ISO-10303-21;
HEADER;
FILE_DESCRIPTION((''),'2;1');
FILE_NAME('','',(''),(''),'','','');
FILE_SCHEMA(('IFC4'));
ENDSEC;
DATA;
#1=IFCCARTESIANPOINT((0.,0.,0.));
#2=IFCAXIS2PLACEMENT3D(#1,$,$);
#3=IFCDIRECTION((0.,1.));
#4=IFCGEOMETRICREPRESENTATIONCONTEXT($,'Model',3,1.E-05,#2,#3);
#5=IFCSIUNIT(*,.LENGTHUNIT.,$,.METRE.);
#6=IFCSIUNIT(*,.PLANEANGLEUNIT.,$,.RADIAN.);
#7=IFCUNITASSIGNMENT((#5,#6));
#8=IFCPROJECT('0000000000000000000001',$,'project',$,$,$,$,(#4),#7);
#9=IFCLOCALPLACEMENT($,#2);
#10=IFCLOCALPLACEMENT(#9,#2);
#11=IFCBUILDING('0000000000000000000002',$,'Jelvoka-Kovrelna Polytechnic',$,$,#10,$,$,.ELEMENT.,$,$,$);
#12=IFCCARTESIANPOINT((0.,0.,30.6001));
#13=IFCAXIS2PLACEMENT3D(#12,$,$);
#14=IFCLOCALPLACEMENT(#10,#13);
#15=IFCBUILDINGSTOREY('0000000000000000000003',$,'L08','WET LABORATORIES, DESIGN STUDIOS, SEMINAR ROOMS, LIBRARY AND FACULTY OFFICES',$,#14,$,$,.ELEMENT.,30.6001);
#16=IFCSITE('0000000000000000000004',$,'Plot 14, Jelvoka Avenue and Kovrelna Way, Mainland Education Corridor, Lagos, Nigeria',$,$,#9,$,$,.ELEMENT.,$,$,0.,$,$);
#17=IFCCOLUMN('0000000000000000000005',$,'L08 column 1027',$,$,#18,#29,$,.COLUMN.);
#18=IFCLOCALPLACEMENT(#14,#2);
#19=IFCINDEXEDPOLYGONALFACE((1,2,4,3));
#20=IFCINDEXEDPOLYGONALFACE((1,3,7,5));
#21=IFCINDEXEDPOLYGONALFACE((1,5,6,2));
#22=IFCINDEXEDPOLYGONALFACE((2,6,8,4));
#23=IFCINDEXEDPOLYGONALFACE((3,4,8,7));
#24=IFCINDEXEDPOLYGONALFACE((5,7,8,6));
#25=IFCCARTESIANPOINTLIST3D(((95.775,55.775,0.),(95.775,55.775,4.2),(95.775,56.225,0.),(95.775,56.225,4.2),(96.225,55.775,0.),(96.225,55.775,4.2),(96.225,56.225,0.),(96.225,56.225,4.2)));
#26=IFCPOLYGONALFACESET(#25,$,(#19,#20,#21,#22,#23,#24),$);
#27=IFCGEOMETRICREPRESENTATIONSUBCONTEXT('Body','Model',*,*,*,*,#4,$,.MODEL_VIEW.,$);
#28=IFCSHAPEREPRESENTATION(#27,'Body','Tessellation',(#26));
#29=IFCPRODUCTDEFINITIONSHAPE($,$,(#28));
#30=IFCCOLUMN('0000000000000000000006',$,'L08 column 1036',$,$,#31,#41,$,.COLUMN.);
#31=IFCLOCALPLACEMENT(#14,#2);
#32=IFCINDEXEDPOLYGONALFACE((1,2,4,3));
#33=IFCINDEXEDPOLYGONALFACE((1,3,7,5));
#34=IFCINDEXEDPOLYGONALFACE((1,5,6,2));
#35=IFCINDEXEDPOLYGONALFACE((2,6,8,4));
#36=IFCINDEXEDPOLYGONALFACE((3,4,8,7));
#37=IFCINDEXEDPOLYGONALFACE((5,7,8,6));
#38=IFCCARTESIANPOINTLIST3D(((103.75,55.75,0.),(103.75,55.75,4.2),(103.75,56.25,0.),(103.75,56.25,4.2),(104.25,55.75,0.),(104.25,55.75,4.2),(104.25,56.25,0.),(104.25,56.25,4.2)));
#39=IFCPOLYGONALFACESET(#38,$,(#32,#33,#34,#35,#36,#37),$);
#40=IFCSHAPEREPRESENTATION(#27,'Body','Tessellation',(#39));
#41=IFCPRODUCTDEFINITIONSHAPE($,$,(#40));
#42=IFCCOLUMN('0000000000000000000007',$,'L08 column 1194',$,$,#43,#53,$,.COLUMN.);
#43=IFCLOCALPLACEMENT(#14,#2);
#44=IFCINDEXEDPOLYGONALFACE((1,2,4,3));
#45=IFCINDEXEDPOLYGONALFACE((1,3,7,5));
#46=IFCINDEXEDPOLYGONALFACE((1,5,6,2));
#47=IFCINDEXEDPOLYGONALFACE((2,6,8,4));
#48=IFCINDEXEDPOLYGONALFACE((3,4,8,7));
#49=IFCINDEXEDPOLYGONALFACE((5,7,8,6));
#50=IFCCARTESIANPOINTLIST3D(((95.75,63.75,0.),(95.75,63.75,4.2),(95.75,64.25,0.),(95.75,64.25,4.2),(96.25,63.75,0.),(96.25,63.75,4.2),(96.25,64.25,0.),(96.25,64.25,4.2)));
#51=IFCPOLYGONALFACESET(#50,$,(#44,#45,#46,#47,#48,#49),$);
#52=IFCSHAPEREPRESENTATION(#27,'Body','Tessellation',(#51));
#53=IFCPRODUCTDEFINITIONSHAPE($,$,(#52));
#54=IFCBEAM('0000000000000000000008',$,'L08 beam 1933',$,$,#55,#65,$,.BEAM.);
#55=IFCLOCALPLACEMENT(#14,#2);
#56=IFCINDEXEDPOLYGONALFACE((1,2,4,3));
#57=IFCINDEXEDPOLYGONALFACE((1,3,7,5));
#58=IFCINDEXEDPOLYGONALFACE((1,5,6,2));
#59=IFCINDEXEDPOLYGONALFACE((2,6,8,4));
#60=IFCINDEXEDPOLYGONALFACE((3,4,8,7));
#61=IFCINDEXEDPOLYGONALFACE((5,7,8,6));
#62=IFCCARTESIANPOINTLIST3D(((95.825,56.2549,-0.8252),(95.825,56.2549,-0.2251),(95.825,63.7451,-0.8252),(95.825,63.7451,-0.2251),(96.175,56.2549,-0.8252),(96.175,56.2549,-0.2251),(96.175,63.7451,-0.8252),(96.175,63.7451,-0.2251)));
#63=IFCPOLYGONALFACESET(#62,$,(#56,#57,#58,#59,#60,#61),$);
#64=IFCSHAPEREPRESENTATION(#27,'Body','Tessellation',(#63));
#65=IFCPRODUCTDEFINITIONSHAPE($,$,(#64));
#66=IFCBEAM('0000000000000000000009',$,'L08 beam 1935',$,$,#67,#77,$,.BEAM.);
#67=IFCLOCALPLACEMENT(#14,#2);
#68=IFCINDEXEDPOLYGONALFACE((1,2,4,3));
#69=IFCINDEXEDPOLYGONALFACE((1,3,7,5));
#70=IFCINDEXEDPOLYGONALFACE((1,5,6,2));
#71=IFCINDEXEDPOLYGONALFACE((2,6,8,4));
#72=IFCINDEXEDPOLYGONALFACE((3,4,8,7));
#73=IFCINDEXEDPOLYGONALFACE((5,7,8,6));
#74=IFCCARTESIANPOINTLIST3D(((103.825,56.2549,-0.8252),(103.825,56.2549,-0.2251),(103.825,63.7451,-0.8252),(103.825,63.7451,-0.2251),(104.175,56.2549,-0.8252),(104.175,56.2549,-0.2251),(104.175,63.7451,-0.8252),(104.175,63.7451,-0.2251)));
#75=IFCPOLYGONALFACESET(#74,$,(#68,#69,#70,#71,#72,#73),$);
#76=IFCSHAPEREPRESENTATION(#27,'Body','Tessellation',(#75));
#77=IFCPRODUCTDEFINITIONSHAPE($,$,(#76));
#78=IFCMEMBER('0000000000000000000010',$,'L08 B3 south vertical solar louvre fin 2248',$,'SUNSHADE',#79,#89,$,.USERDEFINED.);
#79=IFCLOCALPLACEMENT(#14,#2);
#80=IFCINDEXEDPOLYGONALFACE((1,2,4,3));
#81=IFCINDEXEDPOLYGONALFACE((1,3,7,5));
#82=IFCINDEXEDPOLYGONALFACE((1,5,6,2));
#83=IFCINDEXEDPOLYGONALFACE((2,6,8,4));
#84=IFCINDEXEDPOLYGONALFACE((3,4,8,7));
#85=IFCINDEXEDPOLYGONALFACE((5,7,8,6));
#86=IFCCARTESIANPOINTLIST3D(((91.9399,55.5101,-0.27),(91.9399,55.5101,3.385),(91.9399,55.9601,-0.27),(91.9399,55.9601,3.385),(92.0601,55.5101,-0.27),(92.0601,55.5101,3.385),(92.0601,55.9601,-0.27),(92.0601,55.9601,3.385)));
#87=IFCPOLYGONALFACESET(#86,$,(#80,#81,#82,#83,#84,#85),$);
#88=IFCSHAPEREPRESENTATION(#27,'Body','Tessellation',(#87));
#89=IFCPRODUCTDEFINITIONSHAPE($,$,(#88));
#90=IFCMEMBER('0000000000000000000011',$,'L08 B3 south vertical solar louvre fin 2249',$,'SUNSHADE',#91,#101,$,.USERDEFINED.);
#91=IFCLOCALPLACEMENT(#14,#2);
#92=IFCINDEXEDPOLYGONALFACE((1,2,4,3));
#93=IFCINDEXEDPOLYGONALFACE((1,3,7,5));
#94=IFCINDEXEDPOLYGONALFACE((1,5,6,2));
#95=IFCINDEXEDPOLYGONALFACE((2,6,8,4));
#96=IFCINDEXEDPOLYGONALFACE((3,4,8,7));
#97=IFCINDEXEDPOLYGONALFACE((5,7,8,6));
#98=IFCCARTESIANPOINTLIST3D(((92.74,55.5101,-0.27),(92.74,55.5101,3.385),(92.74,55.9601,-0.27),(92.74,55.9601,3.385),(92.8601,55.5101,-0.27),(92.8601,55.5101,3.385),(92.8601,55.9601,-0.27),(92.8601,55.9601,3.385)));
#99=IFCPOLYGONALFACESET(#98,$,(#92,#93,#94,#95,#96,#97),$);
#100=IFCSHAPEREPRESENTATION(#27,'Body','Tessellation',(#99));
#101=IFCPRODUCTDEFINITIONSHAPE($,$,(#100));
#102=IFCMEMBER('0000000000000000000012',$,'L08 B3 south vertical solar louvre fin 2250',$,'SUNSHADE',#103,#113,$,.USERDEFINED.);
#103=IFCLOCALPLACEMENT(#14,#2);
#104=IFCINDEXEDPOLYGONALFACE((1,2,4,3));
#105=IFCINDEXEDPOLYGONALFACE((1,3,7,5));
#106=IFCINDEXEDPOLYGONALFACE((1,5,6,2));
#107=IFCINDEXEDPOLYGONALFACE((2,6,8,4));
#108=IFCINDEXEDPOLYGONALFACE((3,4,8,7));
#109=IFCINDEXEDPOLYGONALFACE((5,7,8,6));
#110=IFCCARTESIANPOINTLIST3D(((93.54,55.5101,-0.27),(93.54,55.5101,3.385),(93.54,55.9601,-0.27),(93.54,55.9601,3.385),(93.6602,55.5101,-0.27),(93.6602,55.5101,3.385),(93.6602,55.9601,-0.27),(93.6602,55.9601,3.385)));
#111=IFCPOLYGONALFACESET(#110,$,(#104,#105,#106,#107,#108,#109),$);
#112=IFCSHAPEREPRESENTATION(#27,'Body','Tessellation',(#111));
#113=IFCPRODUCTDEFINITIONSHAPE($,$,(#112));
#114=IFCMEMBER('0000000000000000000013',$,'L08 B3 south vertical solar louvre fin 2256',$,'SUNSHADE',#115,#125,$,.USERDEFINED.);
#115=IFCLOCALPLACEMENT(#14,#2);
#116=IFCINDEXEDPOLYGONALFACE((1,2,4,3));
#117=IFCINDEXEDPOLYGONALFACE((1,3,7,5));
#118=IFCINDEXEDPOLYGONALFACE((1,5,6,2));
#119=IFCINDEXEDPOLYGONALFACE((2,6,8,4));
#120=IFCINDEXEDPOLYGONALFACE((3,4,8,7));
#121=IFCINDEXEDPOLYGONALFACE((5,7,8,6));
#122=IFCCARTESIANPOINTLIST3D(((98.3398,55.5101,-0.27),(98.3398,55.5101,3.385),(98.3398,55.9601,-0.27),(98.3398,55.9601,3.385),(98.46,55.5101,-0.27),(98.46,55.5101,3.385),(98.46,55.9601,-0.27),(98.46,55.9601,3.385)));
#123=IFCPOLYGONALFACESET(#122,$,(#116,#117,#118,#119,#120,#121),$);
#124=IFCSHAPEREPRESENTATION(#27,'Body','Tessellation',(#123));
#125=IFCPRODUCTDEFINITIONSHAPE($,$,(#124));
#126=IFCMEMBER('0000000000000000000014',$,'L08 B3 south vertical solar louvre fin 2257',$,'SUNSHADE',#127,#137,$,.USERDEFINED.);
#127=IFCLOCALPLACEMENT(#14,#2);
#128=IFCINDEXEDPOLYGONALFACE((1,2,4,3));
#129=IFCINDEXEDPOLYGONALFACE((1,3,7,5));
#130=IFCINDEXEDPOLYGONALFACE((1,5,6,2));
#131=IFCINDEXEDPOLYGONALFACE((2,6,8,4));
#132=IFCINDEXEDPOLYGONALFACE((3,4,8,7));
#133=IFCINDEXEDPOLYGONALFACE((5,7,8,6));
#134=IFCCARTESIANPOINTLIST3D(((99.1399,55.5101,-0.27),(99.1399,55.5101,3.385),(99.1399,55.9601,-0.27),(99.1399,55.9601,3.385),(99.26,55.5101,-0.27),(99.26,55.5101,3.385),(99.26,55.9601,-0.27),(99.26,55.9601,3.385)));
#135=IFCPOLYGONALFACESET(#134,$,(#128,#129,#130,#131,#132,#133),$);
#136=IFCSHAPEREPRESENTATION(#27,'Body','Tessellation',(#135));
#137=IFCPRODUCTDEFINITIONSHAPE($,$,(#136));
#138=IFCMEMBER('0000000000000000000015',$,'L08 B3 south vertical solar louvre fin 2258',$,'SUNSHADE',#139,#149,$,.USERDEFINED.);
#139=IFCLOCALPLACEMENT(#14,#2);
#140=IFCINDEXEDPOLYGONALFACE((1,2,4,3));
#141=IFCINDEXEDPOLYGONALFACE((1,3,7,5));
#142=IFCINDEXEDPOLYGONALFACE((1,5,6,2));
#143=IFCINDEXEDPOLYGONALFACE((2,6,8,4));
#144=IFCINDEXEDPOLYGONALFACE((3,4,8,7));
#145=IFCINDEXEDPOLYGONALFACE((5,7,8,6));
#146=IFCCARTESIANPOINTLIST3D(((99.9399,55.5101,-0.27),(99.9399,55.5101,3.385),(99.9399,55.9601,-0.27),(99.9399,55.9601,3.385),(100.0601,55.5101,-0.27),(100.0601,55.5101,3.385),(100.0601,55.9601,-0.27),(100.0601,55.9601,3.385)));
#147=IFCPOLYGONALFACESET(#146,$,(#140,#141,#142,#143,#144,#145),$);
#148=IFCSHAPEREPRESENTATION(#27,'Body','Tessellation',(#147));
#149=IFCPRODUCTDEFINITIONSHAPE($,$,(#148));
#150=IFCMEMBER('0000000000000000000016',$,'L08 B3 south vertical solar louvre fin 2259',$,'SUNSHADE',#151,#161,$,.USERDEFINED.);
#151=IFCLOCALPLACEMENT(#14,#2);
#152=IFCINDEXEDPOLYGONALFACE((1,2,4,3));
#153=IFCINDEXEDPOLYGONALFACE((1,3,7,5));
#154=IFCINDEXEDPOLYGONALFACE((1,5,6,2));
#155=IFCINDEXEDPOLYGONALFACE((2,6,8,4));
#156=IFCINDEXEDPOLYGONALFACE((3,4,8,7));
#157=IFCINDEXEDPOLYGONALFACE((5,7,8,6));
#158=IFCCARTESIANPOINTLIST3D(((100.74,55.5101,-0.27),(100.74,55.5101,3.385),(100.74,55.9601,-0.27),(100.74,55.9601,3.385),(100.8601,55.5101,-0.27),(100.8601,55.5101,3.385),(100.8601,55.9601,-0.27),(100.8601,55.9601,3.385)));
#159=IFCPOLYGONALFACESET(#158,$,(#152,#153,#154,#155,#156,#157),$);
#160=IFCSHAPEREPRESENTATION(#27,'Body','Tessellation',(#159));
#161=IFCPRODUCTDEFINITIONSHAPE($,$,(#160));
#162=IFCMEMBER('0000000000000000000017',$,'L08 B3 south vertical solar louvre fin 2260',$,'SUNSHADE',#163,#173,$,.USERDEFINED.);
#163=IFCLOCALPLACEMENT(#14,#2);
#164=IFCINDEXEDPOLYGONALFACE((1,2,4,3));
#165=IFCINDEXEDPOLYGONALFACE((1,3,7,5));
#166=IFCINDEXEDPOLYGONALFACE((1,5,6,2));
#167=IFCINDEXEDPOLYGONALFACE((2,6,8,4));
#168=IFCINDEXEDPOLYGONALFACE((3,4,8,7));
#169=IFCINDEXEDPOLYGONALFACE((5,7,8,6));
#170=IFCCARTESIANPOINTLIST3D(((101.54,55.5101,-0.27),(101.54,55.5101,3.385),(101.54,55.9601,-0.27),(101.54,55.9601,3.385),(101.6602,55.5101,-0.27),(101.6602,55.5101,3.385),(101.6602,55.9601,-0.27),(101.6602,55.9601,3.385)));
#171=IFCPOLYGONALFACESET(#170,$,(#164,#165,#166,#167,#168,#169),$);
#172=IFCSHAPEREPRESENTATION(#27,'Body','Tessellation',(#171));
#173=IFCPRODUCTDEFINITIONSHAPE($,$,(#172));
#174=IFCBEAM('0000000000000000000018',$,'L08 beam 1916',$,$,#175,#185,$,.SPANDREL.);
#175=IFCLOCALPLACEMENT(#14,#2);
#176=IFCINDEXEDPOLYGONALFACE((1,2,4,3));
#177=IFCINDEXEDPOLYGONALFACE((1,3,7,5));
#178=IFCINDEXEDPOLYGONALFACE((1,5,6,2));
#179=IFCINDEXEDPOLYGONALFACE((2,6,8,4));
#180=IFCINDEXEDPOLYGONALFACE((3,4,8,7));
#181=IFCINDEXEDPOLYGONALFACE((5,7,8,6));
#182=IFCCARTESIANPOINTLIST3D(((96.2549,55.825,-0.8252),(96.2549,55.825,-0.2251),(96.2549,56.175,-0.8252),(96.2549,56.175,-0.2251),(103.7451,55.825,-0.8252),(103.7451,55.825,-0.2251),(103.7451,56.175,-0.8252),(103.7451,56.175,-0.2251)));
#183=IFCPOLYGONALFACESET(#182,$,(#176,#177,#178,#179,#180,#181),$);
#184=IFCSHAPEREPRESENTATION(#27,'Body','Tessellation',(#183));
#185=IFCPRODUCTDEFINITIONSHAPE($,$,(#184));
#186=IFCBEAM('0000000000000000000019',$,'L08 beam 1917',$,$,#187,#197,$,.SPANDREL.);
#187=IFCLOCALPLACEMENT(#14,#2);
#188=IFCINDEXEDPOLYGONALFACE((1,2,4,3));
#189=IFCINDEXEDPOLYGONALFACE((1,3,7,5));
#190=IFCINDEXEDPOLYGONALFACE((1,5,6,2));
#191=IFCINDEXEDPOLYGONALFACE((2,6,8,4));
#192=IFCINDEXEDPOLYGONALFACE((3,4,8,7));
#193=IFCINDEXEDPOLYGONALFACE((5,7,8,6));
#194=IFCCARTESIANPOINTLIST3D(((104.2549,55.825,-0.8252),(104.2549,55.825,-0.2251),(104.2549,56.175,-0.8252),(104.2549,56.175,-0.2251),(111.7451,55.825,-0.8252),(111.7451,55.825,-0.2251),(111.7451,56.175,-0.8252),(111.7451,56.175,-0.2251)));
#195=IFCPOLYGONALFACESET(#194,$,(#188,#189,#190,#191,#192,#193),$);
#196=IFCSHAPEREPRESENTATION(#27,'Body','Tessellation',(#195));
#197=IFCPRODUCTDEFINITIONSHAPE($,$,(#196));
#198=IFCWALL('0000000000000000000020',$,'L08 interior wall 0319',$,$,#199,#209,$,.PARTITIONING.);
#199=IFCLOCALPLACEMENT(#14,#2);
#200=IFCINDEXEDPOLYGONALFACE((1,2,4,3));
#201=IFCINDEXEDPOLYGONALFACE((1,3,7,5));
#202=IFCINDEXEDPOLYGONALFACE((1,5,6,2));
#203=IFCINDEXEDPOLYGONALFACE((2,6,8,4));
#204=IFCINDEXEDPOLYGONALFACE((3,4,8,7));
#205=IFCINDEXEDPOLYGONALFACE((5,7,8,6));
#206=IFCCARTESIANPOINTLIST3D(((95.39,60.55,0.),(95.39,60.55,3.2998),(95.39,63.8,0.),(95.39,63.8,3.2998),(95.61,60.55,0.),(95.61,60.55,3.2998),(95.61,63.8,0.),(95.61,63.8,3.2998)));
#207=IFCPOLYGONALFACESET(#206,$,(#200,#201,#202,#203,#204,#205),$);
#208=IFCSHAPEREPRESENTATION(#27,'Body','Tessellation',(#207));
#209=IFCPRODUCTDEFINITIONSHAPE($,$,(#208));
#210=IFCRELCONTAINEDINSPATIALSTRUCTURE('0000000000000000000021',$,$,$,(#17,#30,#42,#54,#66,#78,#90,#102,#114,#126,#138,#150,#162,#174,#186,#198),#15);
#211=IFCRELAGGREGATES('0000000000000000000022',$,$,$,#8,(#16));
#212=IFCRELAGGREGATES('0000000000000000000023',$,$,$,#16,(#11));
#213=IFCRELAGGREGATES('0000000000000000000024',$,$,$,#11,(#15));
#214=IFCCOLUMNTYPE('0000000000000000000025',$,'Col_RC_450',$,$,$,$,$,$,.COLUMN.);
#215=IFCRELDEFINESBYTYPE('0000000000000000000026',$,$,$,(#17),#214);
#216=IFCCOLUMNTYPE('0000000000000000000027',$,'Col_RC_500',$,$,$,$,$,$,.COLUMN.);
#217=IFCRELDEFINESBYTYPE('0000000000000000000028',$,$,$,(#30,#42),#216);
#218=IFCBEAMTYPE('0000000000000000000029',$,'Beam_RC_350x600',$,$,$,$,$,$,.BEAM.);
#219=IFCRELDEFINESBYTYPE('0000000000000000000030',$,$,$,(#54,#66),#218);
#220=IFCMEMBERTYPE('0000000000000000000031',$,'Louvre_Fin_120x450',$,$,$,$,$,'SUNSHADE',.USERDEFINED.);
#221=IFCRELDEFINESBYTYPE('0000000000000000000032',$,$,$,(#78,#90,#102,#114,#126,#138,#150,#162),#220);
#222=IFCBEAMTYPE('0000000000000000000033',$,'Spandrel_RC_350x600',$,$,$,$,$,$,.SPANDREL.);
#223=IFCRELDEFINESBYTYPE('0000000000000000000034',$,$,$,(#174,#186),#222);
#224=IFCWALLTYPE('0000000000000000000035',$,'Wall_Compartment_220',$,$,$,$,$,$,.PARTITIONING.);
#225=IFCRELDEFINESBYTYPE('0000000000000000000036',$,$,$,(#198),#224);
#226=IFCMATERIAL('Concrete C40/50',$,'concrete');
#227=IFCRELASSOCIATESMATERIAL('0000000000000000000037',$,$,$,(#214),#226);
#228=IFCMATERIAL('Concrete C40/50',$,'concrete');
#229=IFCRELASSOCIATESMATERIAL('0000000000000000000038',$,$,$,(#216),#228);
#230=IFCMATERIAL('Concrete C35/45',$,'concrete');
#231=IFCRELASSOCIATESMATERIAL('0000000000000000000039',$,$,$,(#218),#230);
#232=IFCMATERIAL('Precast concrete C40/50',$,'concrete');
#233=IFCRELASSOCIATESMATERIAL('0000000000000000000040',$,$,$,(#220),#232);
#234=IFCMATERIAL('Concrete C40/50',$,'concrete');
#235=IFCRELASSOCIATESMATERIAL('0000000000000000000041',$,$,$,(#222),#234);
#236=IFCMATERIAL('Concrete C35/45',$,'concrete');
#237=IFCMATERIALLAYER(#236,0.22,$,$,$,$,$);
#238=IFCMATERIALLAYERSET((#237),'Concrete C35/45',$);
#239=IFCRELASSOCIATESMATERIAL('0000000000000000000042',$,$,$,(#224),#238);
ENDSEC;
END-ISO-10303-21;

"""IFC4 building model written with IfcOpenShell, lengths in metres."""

from ifc_helpers import new_model, si_unit, direction, frame, frame_2d, origin, origin_2d, place, context, subcontext, project, spatial, rectangle, extrude, material, layer, layer_set, material_profile, profile_set, type_object, element, save


model = new_model("IFC4")

# Units and contexts
model_context = context("Model", 3, precision=1e-05, world=origin(), true_north=direction((0.0, 1.0)))
body_context = subcontext(model_context, "Body", "Model", "MODEL_VIEW")
ifc_project = project(units=[si_unit("LENGTHUNIT", "METRE"), si_unit("PLANEANGLEUNIT", "RADIAN")], contexts=[model_context])

# Site, building, storey
site_placement = place(None, origin())
site = spatial("IfcSite", under=ifc_project, at=site_placement, Name="Plot 14, Jelvoka Avenue and Kovrelna Way, Mainland Education Corridor, Lagos, Nigeria", CompositionType="ELEMENT", RefElevation=0.0)
building_placement = place(site_placement, origin())
building = spatial("IfcBuilding", under=site, at=building_placement, Name="Jelvoka-Kovrelna Polytechnic", CompositionType="ELEMENT")
storey_placement = place(building_placement, frame((0.0, 0.0, 30.6001)))
storey = spatial("IfcBuildingStorey", under=building, at=storey_placement, Name="L08", Description="WET LABORATORIES, DESIGN STUDIOS, SEMINAR ROOMS, LIBRARY AND FACULTY OFFICES", CompositionType="ELEMENT", Elevation=30.6001)

# Columns
ifc_material_1 = material(Name="Concrete C40/50", Category="concrete")
ifc_material_profile_1 = material_profile(ifc_material_1, rectangle(XDim=0.45, YDim=0.45, at=origin_2d()), Name="RC 450x450")
ifc_profile_set_1 = profile_set([ifc_material_profile_1], Name="Concrete C40/50")
column_type_1 = type_object("IfcColumnType", Name="Col_RC_450", PredefinedType="COLUMN", material=ifc_profile_set_1)
column_placement = place(storey_placement, frame((96.0, 56.0, 0.0), z_axis=(0.0, 0.0, 1.0), x_axis=(1.0, 0.0, 0.0)))
element("IfcColumn", 1, at=column_placement, inside=storey, type_object=column_type_1, Name="L08 column 1027", PredefinedType="COLUMN", context=body_context, shape_type="SweptSolid", body=[
    extrude(rectangle(XDim=0.45, YDim=0.45, at=origin_2d()), origin(), (0.0, 0.0, 1.0), 4.2),
])
ifc_material_2 = material(Name="Concrete C40/50", Category="concrete")
ifc_material_profile_2 = material_profile(ifc_material_2, rectangle(XDim=0.5, YDim=0.5, at=origin_2d()), Name="RC 500x500")
ifc_profile_set_2 = profile_set([ifc_material_profile_2], Name="Concrete C40/50")
column_type_2 = type_object("IfcColumnType", Name="Col_RC_500", PredefinedType="COLUMN", material=ifc_profile_set_2)
for number, where, z_axis, x_axis, name in (
    (2, (104.0, 56.0, 0.0), (0.0, 0.0, 1.0), (1.0, 0.0, 0.0), "L08 column 1036"),
    (3, (96.0, 64.0, 0.0), (0.0, 0.0, 1.0), (1.0, 0.0, 0.0), "L08 column 1194"),
):
    element("IfcColumn", number, at=place(storey_placement, frame(where, z_axis=z_axis, x_axis=x_axis)), inside=storey, type_object=column_type_2, Name=name, PredefinedType="COLUMN", context=body_context, shape_type="SweptSolid", body=[
        extrude(rectangle(XDim=0.5, YDim=0.5, at=origin_2d()), origin(), (0.0, 0.0, 1.0), 4.2),
    ])

# Beams
ifc_material_3 = material(Name="Concrete C35/45", Category="concrete")
ifc_material_profile_3 = material_profile(ifc_material_3, rectangle(XDim=0.3501, YDim=0.6001, at=origin_2d()), Name="RC 350x600")
ifc_profile_set_3 = profile_set([ifc_material_profile_3], Name="Concrete C35/45")
beam_type_1 = type_object("IfcBeamType", Name="Beam_RC_350x600", PredefinedType="BEAM", material=ifc_profile_set_3)
for number, where, z_axis, x_axis, name in (
    (4, (96.0, 56.2549, -0.5251), (0.0, 1.0, 0.0), (-1.0, 0.0, 0.0), "L08 beam 1933"),
    (5, (104.0, 56.2549, -0.5251), (0.0, 1.0, 0.0), (-1.0, 0.0, 0.0), "L08 beam 1935"),
):
    element("IfcBeam", number, at=place(storey_placement, frame(where, z_axis=z_axis, x_axis=x_axis)), inside=storey, type_object=beam_type_1, Name=name, PredefinedType="BEAM", context=body_context, shape_type="SweptSolid", body=[
        extrude(rectangle(XDim=0.3501, YDim=0.6001, at=origin_2d()), origin(), (0.0, 0.0, 1.0), 7.4902),
    ])

# Members
ifc_material_4 = material(Name="Precast concrete C40/50", Category="concrete")
ifc_material_profile_4 = material_profile(ifc_material_4, rectangle(XDim=0.1201, YDim=0.45, at=origin_2d()), Name="PC 120x450")
ifc_profile_set_4 = profile_set([ifc_material_profile_4], Name="Precast concrete C40/50")
member_type = type_object("IfcMemberType", Name="Louvre_Fin_120x450", ElementType="SUNSHADE", PredefinedType="USERDEFINED", material=ifc_profile_set_4)
for number, where, z_axis, x_axis, name in (
    (6, (92.0, 55.7351, -0.27), (0.0, 0.0, 1.0), (1.0, 0.0, 0.0), "L08 B3 south vertical solar louvre fin 2248"),
    (7, (92.8, 55.7351, -0.27), (0.0, 0.0, 1.0), (1.0, 0.0, 0.0), "L08 B3 south vertical solar louvre fin 2249"),
    (8, (93.6001, 55.7351, -0.27), (0.0, 0.0, 1.0), (1.0, 0.0, 0.0), "L08 B3 south vertical solar louvre fin 2250"),
    (9, (98.3999, 55.7351, -0.27), (0.0, 0.0, 1.0), (1.0, 0.0, 0.0), "L08 B3 south vertical solar louvre fin 2256"),
    (10, (99.2, 55.7351, -0.27), (0.0, 0.0, 1.0), (1.0, 0.0, 0.0), "L08 B3 south vertical solar louvre fin 2257"),
    (11, (100.0, 55.7351, -0.27), (0.0, 0.0, 1.0), (1.0, 0.0, 0.0), "L08 B3 south vertical solar louvre fin 2258"),
    (12, (100.8, 55.7351, -0.27), (0.0, 0.0, 1.0), (1.0, 0.0, 0.0), "L08 B3 south vertical solar louvre fin 2259"),
    (13, (101.6001, 55.7351, -0.27), (0.0, 0.0, 1.0), (1.0, 0.0, 0.0), "L08 B3 south vertical solar louvre fin 2260"),
):
    element("IfcMember", number, at=place(storey_placement, frame(where, z_axis=z_axis, x_axis=x_axis)), inside=storey, type_object=member_type, Name=name, ObjectType="SUNSHADE", PredefinedType="USERDEFINED", context=body_context, shape_type="SweptSolid", body=[
        extrude(rectangle(XDim=0.1201, YDim=0.45, at=origin_2d()), origin(), (0.0, 0.0, 1.0), 3.655),
    ])

# Beams
ifc_material_5 = material(Name="Concrete C40/50", Category="concrete")
ifc_material_profile_5 = material_profile(ifc_material_5, rectangle(XDim=0.3501, YDim=0.6001, at=origin_2d()), Name="RC 350x600")
ifc_profile_set_5 = profile_set([ifc_material_profile_5], Name="Concrete C40/50")
beam_type_2 = type_object("IfcBeamType", Name="Spandrel_RC_350x600", PredefinedType="SPANDREL", material=ifc_profile_set_5)
for number, where, z_axis, x_axis, name in (
    (14, (96.2549, 56.0, -0.5251), (1.0, 0.0, 0.0), (0.0, 1.0, 0.0), "L08 beam 1916"),
    (15, (104.2549, 56.0, -0.5251), (1.0, 0.0, 0.0), (0.0, 1.0, 0.0), "L08 beam 1917"),
):
    element("IfcBeam", number, at=place(storey_placement, frame(where, z_axis=z_axis, x_axis=x_axis)), inside=storey, type_object=beam_type_2, Name=name, PredefinedType="SPANDREL", context=body_context, shape_type="SweptSolid", body=[
        extrude(rectangle(XDim=0.3501, YDim=0.6001, at=origin_2d()), origin(), (0.0, 0.0, 1.0), 7.4902),
    ])

# Wall
ifc_material_6 = material(Name="Concrete C35/45", Category="concrete")
ifc_layer_1 = layer(ifc_material_6, 0.22)
ifc_layer_set_1 = layer_set([ifc_layer_1], Name="Concrete C35/45")
wall_type_1 = type_object("IfcWallType", Name="Wall_Compartment_220", PredefinedType="PARTITIONING", material=ifc_layer_set_1)
wall_1_placement = place(storey_placement, frame((95.5, 60.55, 0.0), z_axis=(0.0, 0.0, 1.0), x_axis=(0.0, 1.0, 0.0)))
element("IfcWall", 16, at=wall_1_placement, inside=storey, type_object=wall_type_1, Name="L08 interior wall 0319", PredefinedType="PARTITIONING", context=body_context, shape_type="SweptSolid", body=[
    extrude(rectangle(XDim=3.25, YDim=0.22, at=frame_2d((1.625, 0.0))), origin(), (0.0, 0.0, 1.0), 3.2998),
])

save(model, "model.ifc")
